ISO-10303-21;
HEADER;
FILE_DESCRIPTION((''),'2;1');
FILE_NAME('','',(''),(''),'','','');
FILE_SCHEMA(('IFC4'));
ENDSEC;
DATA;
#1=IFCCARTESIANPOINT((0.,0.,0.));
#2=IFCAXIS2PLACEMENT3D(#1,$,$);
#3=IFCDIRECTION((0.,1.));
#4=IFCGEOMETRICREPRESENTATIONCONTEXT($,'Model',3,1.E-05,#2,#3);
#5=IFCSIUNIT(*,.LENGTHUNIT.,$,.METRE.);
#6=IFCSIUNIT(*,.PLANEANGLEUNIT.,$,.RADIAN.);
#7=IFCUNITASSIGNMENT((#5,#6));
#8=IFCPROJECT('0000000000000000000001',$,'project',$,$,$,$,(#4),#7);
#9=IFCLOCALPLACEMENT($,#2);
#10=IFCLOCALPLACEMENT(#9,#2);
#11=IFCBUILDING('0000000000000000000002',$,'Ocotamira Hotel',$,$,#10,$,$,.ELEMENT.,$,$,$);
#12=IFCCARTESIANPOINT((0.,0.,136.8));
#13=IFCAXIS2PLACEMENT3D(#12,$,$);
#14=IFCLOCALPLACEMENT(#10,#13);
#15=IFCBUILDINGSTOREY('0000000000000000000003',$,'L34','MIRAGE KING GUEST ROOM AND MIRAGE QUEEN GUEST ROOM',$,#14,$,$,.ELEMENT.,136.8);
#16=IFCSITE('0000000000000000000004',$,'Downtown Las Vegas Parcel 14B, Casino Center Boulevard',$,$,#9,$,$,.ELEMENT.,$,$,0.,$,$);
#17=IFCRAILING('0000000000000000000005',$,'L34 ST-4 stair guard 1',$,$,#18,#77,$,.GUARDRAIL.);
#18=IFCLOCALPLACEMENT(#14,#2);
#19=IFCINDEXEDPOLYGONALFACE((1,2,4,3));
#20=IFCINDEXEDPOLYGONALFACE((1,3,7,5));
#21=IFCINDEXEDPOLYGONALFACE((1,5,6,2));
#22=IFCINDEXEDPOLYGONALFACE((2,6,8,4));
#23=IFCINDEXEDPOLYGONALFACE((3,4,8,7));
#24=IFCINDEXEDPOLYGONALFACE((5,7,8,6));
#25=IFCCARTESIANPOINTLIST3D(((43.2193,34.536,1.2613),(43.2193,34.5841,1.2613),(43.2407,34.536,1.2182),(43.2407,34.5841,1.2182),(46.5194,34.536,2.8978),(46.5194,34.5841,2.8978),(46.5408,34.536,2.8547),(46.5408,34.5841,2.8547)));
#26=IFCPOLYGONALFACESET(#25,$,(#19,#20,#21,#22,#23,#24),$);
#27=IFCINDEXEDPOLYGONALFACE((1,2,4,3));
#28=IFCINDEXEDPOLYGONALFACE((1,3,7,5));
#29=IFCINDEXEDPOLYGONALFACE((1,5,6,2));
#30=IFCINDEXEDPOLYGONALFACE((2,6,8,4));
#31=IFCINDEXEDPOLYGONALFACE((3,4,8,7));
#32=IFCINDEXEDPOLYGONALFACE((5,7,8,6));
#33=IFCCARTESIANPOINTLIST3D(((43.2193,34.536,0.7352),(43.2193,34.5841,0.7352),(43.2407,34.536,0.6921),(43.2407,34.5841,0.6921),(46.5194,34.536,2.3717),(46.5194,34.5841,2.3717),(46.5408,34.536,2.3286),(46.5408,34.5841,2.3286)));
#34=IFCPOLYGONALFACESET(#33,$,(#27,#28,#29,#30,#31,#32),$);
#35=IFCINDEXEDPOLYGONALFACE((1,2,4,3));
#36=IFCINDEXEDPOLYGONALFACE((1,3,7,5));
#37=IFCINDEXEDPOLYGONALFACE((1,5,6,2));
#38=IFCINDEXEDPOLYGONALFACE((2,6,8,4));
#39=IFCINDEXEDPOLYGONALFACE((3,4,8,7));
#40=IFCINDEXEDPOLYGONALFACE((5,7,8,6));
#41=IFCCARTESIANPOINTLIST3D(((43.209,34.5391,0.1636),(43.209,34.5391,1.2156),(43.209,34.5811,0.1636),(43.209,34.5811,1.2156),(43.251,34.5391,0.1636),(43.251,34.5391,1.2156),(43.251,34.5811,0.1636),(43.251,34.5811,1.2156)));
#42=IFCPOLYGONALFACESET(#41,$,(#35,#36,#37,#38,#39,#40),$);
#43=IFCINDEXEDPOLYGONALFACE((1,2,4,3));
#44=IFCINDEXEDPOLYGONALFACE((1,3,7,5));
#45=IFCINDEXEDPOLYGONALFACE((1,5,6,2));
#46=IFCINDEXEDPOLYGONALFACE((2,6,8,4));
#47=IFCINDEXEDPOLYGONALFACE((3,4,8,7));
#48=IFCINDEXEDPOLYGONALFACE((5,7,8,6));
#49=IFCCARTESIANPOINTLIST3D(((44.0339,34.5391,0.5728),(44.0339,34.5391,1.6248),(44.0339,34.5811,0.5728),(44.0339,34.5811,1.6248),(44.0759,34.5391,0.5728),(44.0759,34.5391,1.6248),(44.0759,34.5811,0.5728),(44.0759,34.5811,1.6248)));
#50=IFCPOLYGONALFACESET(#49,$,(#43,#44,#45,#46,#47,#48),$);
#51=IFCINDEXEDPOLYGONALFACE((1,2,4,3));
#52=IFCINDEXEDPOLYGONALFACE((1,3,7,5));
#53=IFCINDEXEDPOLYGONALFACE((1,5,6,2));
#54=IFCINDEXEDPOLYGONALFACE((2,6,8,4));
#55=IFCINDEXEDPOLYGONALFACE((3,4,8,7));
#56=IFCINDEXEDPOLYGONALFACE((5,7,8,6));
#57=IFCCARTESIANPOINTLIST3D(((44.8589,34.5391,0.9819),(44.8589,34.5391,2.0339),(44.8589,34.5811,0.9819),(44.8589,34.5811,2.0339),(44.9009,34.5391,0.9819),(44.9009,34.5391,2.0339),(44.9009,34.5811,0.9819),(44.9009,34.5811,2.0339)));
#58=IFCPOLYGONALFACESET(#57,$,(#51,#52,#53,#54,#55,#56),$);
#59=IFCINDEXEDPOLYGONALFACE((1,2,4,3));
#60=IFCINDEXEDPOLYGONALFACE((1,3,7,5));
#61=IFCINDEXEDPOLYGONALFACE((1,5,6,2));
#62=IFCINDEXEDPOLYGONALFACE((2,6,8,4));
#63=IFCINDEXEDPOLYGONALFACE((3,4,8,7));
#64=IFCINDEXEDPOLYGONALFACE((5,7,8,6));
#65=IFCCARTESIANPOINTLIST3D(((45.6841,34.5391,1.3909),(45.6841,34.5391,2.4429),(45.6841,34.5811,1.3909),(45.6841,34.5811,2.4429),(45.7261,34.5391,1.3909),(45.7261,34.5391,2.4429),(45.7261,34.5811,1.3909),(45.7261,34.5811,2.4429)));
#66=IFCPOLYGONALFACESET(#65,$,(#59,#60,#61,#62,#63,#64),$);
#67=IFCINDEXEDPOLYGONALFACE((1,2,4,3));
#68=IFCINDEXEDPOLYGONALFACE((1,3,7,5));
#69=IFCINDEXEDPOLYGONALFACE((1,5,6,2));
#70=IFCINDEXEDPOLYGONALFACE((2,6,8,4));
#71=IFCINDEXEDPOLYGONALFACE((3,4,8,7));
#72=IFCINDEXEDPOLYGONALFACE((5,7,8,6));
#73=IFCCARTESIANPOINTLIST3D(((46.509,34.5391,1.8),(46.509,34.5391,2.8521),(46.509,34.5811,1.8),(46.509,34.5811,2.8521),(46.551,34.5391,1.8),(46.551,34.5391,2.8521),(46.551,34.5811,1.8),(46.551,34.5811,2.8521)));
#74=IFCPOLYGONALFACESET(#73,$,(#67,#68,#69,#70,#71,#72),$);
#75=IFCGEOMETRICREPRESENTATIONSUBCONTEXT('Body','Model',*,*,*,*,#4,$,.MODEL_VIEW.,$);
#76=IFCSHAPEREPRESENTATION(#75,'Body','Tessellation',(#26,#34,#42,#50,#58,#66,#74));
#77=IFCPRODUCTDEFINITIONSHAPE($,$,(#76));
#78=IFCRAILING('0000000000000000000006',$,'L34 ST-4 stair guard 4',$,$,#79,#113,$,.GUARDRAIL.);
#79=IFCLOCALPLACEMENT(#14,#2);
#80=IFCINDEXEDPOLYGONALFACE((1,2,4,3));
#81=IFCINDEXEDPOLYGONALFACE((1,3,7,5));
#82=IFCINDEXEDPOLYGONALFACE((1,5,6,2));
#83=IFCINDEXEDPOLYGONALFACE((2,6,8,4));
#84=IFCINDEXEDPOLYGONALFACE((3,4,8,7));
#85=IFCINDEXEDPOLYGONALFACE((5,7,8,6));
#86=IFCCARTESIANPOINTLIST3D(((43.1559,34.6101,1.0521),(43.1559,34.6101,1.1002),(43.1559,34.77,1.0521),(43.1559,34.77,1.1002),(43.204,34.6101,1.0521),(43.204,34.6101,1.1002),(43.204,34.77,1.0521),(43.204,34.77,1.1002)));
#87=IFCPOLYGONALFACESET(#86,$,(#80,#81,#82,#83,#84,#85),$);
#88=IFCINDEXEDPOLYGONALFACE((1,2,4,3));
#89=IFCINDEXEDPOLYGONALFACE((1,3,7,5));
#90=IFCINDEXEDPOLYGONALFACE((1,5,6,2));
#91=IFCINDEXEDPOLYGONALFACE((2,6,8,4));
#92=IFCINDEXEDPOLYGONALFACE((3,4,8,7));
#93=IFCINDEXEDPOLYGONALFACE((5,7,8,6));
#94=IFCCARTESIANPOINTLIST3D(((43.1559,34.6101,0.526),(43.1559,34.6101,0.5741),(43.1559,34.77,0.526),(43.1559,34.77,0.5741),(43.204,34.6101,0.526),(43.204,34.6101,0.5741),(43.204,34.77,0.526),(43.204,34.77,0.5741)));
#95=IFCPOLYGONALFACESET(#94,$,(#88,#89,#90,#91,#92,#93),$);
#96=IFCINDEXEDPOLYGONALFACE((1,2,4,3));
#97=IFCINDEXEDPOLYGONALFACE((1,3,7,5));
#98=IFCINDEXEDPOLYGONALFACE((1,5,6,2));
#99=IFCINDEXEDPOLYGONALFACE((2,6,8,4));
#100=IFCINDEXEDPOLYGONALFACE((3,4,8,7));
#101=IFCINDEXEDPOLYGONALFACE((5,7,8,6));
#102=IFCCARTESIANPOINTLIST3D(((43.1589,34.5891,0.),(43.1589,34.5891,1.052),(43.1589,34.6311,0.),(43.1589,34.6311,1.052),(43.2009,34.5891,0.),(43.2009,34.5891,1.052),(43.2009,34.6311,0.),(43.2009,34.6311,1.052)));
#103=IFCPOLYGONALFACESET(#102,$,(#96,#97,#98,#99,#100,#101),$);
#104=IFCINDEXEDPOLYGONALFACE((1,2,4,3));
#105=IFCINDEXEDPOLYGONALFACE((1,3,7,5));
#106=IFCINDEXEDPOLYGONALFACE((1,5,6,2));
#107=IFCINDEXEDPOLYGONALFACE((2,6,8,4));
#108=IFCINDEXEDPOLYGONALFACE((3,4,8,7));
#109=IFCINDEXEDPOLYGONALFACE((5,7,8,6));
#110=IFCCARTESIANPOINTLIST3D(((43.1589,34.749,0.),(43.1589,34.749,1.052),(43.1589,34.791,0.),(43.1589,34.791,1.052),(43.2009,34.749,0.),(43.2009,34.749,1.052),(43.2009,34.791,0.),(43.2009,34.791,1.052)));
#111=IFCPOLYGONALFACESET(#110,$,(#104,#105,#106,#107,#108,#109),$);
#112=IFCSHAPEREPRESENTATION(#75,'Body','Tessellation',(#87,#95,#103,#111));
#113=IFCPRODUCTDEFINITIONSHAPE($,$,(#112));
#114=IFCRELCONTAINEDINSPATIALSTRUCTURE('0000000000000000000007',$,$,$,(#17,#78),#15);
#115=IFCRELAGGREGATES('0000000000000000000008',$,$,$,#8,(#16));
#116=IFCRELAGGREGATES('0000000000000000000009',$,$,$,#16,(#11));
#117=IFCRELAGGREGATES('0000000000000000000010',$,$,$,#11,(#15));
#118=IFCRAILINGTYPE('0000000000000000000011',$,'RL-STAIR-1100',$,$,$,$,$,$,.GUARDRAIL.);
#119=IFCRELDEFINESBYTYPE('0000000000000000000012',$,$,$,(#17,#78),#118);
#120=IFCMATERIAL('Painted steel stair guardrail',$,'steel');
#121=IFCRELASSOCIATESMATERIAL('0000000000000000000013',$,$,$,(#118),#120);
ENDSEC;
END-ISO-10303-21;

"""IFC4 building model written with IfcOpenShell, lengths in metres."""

from ifc_helpers import new_model, si_unit, direction, frame, origin, origin_2d, place, context, subcontext, project, spatial, rectangle, extrude, material, type_object, element, save


model = new_model("IFC4")

# Units and contexts
model_context = context("Model", 3, precision=1e-05, world=origin(), true_north=direction((0.0, 1.0)))
body_context = subcontext(model_context, "Body", "Model", "MODEL_VIEW")
ifc_project = project(units=[si_unit("LENGTHUNIT", "METRE"), si_unit("PLANEANGLEUNIT", "RADIAN")], contexts=[model_context])

# Site, building, storey
site_placement = place(None, origin())
site = spatial("IfcSite", under=ifc_project, at=site_placement, Name="Downtown Las Vegas Parcel 14B, Casino Center Boulevard", CompositionType="ELEMENT", RefElevation=0.0)
building_placement = place(site_placement, origin())
building = spatial("IfcBuilding", under=site, at=building_placement, Name="Ocotamira Hotel", CompositionType="ELEMENT")
storey_placement = place(building_placement, frame((0.0, 0.0, 136.8)))
storey = spatial("IfcBuildingStorey", under=building, at=storey_placement, Name="L34", Description="MIRAGE KING GUEST ROOM AND MIRAGE QUEEN GUEST ROOM", CompositionType="ELEMENT", Elevation=136.8)

# Railings
ifc_material_1 = material(Name="Painted steel stair guardrail", Category="steel")
railing_type_1 = type_object("IfcRailingType", Name="RL-STAIR-1100", PredefinedType="GUARDRAIL", material=ifc_material_1)
railing_1_placement = place(storey_placement, frame((43.23, 34.5601, 0.1636)))
element("IfcRailing", 1, at=railing_1_placement, inside=storey, type_object=railing_type_1, Name="L34 ST-4 stair guard 1", PredefinedType="GUARDRAIL", context=body_context, shape_type="SweptSolid", body=[
    extrude(rectangle(XDim=0.0481, YDim=0.0481, at=origin_2d()), frame((0.0, 0.0, 1.0762), z_axis=(0.895894, 0.0, 0.444268), x_axis=(0.0, 1.0, 0.0)), (0.0, 0.0, 1.0), 3.6836),
    extrude(rectangle(XDim=0.0481, YDim=0.0481, at=origin_2d()), frame((0.0, 0.0, 0.55), z_axis=(0.895894, 0.0, 0.444268), x_axis=(0.0, 1.0, 0.0)), (0.0, 0.0, 1.0), 3.6836),
    extrude(rectangle(XDim=0.042, YDim=0.042, at=origin_2d()), origin(), (0.0, 0.0, 1.0), 1.052),
    extrude(rectangle(XDim=0.042, YDim=0.042, at=origin_2d()), frame((0.825, 0.0, 0.4092)), (0.0, 0.0, 1.0), 1.052),
    extrude(rectangle(XDim=0.042, YDim=0.042, at=origin_2d()), frame((1.6499, 0.0, 0.8184)), (0.0, 0.0, 1.0), 1.052),
    extrude(rectangle(XDim=0.042, YDim=0.042, at=origin_2d()), frame((2.4751, 0.0, 1.2273)), (0.0, 0.0, 1.0), 1.052),
    extrude(rectangle(XDim=0.042, YDim=0.042, at=origin_2d()), frame((3.3, 0.0, 1.6365)), (0.0, 0.0, 1.0), 1.052),
])
railing_2_placement = place(storey_placement, frame((43.1799, 34.6101, 0.0)))
element("IfcRailing", 2, at=railing_2_placement, inside=storey, type_object=railing_type_1, Name="L34 ST-4 stair guard 4", PredefinedType="GUARDRAIL", context=body_context, shape_type="SweptSolid", body=[
    extrude(rectangle(XDim=0.0481, YDim=0.0481, at=origin_2d()), frame((0.0, 0.0, 1.0762), z_axis=(0.0, 1.0, 0.0), x_axis=(-1.0, 0.0, 0.0)), (0.0, 0.0, 1.0), 0.1599),
    extrude(rectangle(XDim=0.0481, YDim=0.0481, at=origin_2d()), frame((0.0, 0.0, 0.55), z_axis=(0.0, 1.0, 0.0), x_axis=(-1.0, 0.0, 0.0)), (0.0, 0.0, 1.0), 0.1599),
    extrude(rectangle(XDim=0.042, YDim=0.042, at=origin_2d()), origin(), (0.0, 0.0, 1.0), 1.052),
    extrude(rectangle(XDim=0.042, YDim=0.042, at=origin_2d()), frame((0.0, 0.1599, 0.0)), (0.0, 0.0, 1.0), 1.052),
])

save(model, "model.ifc")
